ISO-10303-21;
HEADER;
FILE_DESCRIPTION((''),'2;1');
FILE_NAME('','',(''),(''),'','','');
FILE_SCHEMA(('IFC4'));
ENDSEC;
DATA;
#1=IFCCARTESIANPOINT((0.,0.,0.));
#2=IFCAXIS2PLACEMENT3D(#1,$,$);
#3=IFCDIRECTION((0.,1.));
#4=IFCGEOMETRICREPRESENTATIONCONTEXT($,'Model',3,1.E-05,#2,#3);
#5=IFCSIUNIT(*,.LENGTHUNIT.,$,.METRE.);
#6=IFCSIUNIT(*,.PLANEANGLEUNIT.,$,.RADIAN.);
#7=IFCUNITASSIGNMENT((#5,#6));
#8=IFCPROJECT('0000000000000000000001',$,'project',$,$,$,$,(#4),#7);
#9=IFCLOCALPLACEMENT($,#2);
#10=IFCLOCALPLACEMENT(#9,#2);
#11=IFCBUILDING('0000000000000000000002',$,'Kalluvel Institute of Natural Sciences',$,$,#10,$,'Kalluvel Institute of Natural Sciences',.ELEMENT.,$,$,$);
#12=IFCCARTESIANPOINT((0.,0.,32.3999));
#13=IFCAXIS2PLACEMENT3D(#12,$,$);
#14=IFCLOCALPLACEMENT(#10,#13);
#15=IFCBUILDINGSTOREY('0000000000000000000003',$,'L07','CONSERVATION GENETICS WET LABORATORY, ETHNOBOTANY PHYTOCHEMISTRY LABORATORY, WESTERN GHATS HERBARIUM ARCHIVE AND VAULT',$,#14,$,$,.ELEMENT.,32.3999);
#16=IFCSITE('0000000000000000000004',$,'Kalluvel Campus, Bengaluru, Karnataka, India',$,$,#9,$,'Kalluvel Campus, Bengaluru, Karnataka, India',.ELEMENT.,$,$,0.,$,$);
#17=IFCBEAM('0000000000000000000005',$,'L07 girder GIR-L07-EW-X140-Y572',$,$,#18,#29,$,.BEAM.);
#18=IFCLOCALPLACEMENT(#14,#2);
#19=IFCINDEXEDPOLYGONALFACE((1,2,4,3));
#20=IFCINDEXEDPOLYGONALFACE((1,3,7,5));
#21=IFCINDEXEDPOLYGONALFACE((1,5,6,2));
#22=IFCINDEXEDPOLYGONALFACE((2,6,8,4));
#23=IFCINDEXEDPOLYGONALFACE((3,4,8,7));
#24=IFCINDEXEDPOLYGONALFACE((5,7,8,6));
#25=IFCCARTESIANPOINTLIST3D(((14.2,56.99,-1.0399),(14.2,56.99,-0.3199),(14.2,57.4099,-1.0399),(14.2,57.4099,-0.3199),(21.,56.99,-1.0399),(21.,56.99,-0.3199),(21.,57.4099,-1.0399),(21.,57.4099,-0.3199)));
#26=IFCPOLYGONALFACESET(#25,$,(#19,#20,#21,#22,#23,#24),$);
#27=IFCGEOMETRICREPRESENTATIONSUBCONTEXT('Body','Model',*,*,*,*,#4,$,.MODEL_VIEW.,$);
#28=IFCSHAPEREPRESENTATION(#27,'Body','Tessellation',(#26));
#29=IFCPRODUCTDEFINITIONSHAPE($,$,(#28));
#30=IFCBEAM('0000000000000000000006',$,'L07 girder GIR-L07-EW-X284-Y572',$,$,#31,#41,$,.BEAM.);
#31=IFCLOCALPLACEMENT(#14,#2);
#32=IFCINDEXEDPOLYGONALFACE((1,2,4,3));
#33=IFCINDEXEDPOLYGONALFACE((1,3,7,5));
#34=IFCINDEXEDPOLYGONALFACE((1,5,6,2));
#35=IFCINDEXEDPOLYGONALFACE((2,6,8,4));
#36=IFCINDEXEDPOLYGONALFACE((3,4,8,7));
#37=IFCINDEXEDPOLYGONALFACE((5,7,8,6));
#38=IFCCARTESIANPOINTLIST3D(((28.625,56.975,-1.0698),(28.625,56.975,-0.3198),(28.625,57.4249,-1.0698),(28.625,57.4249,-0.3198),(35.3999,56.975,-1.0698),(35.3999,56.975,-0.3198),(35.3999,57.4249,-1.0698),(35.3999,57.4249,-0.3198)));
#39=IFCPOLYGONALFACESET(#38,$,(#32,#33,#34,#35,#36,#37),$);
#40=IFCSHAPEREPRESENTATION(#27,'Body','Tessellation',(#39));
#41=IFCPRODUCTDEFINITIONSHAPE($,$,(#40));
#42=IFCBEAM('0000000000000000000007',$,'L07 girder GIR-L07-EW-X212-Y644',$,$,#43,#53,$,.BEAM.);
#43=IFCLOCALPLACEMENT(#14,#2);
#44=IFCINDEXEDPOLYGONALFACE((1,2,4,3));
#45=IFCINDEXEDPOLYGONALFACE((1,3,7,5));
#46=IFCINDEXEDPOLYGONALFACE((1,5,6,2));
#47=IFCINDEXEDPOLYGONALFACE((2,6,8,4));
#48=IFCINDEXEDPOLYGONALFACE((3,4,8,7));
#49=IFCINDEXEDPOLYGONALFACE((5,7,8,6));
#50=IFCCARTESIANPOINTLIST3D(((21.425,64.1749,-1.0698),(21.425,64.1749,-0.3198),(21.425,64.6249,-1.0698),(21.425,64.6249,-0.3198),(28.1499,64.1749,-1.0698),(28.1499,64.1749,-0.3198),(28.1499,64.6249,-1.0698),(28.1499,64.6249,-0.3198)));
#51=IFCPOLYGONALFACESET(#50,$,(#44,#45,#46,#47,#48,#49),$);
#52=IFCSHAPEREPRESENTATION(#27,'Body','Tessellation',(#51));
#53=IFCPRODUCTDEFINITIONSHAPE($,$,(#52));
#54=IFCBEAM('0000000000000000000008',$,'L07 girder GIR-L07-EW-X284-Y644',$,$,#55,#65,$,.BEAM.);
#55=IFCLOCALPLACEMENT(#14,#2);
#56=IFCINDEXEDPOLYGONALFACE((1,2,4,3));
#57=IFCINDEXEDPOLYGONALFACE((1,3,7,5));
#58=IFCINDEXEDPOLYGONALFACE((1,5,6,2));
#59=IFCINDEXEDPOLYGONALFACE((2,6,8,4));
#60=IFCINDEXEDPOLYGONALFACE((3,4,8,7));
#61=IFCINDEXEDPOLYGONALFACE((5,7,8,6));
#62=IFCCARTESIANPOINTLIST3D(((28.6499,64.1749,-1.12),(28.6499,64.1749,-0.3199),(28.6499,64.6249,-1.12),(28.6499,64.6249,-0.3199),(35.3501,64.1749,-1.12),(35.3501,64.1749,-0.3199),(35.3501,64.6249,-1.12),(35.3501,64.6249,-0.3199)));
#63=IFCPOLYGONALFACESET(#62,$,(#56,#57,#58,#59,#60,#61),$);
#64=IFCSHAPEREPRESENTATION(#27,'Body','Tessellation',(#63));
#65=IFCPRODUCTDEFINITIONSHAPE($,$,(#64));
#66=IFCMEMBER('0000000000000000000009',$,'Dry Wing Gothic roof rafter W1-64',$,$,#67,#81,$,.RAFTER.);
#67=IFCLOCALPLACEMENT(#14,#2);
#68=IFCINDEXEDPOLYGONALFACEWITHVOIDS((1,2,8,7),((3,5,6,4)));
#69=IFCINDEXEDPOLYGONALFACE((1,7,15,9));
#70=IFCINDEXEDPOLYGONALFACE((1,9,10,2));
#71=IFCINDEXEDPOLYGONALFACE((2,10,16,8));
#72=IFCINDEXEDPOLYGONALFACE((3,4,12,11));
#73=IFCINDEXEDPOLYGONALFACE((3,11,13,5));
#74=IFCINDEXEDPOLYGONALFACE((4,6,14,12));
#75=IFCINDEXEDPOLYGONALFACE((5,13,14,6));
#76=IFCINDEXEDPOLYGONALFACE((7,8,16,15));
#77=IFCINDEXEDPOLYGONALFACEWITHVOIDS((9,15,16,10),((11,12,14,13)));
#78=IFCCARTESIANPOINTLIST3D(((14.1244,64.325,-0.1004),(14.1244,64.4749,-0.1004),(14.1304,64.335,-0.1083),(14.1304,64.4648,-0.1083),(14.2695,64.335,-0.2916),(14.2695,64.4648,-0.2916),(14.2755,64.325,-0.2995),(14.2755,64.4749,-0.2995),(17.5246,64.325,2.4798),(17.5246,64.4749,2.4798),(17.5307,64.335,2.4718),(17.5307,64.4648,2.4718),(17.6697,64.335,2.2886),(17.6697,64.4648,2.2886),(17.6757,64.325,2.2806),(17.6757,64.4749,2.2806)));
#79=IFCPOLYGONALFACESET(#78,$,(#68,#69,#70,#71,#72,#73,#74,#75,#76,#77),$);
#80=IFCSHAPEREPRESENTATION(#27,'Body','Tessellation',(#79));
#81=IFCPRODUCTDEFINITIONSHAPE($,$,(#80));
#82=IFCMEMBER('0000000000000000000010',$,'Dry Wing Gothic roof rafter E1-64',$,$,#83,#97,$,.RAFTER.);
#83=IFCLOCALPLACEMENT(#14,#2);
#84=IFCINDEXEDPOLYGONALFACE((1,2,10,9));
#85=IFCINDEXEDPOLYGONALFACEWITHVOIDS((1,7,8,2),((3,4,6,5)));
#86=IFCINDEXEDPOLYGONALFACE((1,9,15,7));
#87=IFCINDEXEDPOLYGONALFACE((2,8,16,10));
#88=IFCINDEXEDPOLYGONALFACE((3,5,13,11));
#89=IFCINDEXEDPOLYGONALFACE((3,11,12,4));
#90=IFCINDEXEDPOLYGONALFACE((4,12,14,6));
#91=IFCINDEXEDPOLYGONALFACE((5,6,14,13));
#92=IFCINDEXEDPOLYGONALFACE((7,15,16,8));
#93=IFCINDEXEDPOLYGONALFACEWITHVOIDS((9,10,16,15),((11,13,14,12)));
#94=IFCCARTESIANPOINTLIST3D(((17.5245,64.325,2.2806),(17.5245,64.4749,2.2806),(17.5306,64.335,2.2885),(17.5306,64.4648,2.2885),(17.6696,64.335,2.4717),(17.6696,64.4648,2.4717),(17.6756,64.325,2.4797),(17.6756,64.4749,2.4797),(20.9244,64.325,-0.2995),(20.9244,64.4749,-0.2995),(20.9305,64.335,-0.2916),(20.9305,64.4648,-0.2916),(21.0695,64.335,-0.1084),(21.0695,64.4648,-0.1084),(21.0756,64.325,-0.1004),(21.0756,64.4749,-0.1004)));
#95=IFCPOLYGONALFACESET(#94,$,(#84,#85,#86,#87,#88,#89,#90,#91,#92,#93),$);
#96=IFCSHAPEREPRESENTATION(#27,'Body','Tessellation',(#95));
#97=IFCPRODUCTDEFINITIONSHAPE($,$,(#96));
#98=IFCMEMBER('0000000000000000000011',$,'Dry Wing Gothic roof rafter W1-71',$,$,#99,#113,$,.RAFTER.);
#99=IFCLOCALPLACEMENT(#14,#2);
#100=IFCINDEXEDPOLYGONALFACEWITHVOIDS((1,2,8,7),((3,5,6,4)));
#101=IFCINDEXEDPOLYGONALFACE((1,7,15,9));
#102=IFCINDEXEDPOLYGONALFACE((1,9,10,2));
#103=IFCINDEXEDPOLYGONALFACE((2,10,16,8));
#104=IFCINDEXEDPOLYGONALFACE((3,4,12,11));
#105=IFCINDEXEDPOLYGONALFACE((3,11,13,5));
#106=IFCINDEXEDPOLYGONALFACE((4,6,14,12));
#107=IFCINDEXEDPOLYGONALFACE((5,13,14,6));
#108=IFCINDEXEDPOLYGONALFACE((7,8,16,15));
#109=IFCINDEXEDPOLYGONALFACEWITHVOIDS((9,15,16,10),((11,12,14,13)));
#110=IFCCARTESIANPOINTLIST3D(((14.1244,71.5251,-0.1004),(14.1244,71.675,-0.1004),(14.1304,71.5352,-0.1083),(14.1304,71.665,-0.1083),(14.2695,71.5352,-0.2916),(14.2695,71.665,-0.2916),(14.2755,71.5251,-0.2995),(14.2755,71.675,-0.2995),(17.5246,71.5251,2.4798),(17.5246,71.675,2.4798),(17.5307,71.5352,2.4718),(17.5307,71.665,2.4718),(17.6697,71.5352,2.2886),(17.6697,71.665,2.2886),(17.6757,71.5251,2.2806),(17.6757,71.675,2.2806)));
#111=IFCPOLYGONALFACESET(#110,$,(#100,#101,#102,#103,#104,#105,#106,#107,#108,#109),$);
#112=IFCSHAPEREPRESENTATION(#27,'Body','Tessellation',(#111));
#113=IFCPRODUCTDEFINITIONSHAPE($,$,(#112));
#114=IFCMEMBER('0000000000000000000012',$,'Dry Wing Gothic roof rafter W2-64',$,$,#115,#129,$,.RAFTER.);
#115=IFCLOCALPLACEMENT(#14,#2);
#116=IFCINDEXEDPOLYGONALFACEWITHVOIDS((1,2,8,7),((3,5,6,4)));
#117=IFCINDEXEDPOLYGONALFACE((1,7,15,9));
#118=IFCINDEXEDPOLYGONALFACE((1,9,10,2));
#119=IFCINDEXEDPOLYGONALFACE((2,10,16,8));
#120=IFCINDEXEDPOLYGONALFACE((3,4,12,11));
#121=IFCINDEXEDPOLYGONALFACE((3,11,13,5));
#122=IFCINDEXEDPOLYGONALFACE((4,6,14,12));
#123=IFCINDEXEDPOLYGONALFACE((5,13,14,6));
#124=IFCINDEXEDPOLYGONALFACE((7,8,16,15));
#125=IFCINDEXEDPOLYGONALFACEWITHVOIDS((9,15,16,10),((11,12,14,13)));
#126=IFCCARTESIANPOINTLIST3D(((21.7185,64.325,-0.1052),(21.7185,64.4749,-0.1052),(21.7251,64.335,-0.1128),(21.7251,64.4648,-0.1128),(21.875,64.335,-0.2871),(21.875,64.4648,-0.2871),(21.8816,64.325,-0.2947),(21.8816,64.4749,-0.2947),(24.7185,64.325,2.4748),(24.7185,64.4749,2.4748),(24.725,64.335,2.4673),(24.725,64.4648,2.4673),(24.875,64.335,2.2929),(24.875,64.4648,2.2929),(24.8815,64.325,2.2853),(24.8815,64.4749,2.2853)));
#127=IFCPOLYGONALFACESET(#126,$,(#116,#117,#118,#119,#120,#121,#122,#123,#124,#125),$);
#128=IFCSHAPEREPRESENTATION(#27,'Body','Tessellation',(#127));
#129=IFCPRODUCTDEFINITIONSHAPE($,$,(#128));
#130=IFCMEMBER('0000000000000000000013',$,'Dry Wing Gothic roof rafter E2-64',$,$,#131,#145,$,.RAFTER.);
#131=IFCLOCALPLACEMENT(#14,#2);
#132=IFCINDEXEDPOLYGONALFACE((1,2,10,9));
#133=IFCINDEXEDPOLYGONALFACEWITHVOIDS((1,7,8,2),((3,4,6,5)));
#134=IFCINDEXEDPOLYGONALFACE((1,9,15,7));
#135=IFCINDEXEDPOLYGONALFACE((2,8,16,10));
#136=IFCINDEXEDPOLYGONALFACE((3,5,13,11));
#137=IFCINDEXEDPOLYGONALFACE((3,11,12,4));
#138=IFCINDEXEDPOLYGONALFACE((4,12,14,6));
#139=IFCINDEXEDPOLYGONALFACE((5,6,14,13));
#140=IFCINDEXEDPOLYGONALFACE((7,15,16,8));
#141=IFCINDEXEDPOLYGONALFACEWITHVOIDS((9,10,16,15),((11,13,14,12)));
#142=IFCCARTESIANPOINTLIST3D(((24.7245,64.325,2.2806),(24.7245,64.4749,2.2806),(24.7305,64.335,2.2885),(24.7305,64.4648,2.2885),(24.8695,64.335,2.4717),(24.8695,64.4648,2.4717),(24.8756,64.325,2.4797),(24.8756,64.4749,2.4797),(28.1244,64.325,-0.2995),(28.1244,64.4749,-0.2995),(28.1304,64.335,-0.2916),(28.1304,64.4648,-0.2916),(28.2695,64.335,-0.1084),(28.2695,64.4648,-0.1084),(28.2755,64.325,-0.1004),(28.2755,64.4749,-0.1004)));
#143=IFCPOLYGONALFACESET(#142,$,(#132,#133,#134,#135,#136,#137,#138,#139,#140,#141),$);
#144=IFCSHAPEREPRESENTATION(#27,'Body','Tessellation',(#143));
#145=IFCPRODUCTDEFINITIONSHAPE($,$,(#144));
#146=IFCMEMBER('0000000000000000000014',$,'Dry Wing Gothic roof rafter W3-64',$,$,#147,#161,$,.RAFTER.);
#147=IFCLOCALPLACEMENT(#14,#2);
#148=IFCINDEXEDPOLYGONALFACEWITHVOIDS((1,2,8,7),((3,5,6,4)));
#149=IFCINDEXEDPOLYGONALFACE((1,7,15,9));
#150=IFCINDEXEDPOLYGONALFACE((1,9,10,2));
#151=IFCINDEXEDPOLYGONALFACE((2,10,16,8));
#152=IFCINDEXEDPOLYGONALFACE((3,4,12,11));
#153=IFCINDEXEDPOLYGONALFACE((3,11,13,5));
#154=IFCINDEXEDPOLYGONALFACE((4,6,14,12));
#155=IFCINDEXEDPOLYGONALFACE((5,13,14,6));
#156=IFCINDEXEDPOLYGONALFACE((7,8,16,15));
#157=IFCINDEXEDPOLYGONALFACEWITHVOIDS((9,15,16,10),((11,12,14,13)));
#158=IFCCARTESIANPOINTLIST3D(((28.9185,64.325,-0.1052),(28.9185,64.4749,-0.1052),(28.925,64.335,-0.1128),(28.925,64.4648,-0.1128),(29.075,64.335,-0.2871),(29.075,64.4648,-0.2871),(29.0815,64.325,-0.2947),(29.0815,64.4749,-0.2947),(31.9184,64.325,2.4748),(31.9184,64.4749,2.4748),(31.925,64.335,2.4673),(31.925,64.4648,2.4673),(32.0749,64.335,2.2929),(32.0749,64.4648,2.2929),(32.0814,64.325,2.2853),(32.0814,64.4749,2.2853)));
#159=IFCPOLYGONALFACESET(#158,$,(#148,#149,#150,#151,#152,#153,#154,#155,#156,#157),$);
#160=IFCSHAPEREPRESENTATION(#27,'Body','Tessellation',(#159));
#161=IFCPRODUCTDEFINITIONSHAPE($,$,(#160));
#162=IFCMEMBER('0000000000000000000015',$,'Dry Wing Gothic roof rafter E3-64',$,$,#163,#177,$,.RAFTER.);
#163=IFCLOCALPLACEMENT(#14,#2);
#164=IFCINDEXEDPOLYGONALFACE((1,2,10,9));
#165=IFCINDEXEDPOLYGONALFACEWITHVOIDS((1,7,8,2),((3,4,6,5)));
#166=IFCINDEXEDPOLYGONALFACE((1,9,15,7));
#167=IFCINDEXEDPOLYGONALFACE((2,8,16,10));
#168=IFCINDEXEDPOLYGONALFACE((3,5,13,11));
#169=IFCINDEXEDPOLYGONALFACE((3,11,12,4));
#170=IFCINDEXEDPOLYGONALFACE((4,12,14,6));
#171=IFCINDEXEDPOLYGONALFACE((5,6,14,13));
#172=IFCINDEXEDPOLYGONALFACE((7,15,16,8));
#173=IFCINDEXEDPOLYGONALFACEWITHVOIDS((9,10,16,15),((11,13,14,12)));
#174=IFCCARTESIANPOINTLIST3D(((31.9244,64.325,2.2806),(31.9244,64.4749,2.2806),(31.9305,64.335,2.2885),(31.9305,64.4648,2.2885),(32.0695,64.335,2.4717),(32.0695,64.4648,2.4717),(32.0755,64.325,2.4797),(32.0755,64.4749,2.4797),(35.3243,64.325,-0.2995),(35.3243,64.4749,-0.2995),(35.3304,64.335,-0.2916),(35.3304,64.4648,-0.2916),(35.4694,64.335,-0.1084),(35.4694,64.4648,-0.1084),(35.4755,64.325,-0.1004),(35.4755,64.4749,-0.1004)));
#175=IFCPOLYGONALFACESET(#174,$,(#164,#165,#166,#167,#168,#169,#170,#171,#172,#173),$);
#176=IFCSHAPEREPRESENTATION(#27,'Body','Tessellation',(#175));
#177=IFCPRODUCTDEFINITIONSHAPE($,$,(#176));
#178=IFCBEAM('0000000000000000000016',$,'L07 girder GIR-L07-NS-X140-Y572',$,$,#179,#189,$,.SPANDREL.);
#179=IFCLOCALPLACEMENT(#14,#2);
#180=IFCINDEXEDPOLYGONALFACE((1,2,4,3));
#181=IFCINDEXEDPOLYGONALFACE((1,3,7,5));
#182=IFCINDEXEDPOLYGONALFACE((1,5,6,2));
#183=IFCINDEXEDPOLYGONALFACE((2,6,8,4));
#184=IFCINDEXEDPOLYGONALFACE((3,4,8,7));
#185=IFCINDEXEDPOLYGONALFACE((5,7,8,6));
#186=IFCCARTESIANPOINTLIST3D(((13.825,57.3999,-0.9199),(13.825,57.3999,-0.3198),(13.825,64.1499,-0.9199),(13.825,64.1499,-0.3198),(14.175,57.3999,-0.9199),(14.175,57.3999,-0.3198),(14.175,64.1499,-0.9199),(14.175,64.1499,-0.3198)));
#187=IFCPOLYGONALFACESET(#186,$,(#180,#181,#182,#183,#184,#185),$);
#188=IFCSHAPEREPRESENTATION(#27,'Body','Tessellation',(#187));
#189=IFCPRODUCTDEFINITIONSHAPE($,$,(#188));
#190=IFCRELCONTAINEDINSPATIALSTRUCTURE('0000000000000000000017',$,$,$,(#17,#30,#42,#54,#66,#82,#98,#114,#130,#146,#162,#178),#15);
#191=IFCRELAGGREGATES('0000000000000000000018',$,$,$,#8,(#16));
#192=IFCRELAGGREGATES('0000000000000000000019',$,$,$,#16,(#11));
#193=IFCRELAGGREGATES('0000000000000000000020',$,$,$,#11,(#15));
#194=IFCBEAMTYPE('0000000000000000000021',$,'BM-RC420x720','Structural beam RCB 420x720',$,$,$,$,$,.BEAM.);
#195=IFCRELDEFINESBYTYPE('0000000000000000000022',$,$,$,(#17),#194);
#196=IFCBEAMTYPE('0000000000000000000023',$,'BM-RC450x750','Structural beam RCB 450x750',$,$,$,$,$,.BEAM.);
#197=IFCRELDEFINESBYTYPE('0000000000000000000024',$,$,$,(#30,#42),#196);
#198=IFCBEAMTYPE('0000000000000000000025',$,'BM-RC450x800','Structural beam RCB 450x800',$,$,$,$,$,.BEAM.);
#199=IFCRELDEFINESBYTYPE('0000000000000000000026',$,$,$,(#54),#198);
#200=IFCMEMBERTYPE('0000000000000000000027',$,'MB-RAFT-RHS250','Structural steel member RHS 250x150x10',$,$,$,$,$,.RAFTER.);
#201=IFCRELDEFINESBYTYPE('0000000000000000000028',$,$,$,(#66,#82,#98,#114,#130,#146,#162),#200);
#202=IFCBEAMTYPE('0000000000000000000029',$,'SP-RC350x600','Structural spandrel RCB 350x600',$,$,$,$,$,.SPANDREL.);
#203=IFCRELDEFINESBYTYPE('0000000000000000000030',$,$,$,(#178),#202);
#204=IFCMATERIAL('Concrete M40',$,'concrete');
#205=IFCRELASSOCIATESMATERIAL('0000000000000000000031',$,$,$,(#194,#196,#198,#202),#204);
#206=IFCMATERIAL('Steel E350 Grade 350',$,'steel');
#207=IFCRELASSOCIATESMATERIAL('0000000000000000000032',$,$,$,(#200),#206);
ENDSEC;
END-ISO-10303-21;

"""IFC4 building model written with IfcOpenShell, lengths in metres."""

from ifc_helpers import new_model, si_unit, direction, frame, origin, origin_2d, place, context, subcontext, project, spatial, rectangle, hollow_rectangle, extrude, material, material_profile, profile_set, type_object, element, save


model = new_model("IFC4")

# Units and contexts
model_context = context("Model", 3, precision=1e-05, world=origin(), true_north=direction((0.0, 1.0)))
body_context = subcontext(model_context, "Body", "Model", "MODEL_VIEW")
ifc_project = project(units=[si_unit("LENGTHUNIT", "METRE"), si_unit("PLANEANGLEUNIT", "RADIAN")], contexts=[model_context])

# Site, building, storey
site_placement = place(None, origin())
site = spatial("IfcSite", under=ifc_project, at=site_placement, Name="Kalluvel Campus, Bengaluru, Karnataka, India", LongName="Kalluvel Campus, Bengaluru, Karnataka, India", CompositionType="ELEMENT", RefElevation=0.0)
building_placement = place(site_placement, origin())
building = spatial("IfcBuilding", under=site, at=building_placement, Name="Kalluvel Institute of Natural Sciences", LongName="Kalluvel Institute of Natural Sciences", CompositionType="ELEMENT")
storey_placement = place(building_placement, frame((0.0, 0.0, 32.3999)))
storey = spatial("IfcBuildingStorey", under=building, at=storey_placement, Name="L07", Description="CONSERVATION GENETICS WET LABORATORY, ETHNOBOTANY PHYTOCHEMISTRY LABORATORY, WESTERN GHATS HERBARIUM ARCHIVE AND VAULT", CompositionType="ELEMENT", Elevation=32.3999)

# Shared definitions
ifc_material_1 = material(Name="Concrete M40", Category="concrete")

# Beams
ifc_material_2 = material(Name="Steel E350 Grade 350", Category="steel")
ifc_material_profile_1 = material_profile(ifc_material_1, rectangle(XDim=0.4199, YDim=0.72, at=origin_2d()), Name="RCB 420x720")
ifc_profile_set_1 = profile_set([ifc_material_profile_1], Name="Concrete M40")
beam_type_1 = type_object("IfcBeamType", Name="BM-RC420x720", Description="Structural beam RCB 420x720", PredefinedType="BEAM", material=ifc_profile_set_1)
beam_1_placement = place(storey_placement, frame((14.2, 57.2, -0.6799), z_axis=(1.0, 0.0, 0.0), x_axis=(0.0, 1.0, 0.0)))
element("IfcBeam", 1, at=beam_1_placement, inside=storey, type_object=beam_type_1, Name="L07 girder GIR-L07-EW-X140-Y572", PredefinedType="BEAM", context=body_context, shape_type="SweptSolid", body=[
    extrude(rectangle(XDim=0.4199, YDim=0.72, at=origin_2d()), origin(), (0.0, 0.0, 1.0), 6.8),
])
ifc_material_profile_2 = material_profile(ifc_material_1, rectangle(XDim=0.45, YDim=0.75, at=origin_2d()), Name="RCB 450x750")
ifc_profile_set_2 = profile_set([ifc_material_profile_2], Name="Concrete M40")
beam_type_2 = type_object("IfcBeamType", Name="BM-RC450x750", Description="Structural beam RCB 450x750", PredefinedType="BEAM", material=ifc_profile_set_2)
beam_2_placement = place(storey_placement, frame((28.625, 57.2, -0.6948), z_axis=(1.0, 0.0, 0.0), x_axis=(0.0, 1.0, 0.0)))
element("IfcBeam", 2, at=beam_2_placement, inside=storey, type_object=beam_type_2, Name="L07 girder GIR-L07-EW-X284-Y572", PredefinedType="BEAM", context=body_context, shape_type="SweptSolid", body=[
    extrude(rectangle(XDim=0.45, YDim=0.75, at=origin_2d()), origin(), (0.0, 0.0, 1.0), 6.7749),
])
beam_3_placement = place(storey_placement, frame((21.425, 64.3999, -0.6948), z_axis=(1.0, 0.0, 0.0), x_axis=(0.0, 1.0, 0.0)))
element("IfcBeam", 3, at=beam_3_placement, inside=storey, type_object=beam_type_2, Name="L07 girder GIR-L07-EW-X212-Y644", PredefinedType="BEAM", context=body_context, shape_type="SweptSolid", body=[
    extrude(rectangle(XDim=0.45, YDim=0.75, at=origin_2d()), origin(), (0.0, 0.0, 1.0), 6.7249),
])
ifc_material_profile_3 = material_profile(ifc_material_1, rectangle(XDim=0.45, YDim=0.8, at=origin_2d()), Name="RCB 450x800")
ifc_profile_set_3 = profile_set([ifc_material_profile_3], Name="Concrete M40")
beam_type_3 = type_object("IfcBeamType", Name="BM-RC450x800", Description="Structural beam RCB 450x800", PredefinedType="BEAM", material=ifc_profile_set_3)
beam_4_placement = place(storey_placement, frame((28.6499, 64.3999, -0.72), z_axis=(1.0, 0.0, 0.0), x_axis=(0.0, 1.0, 0.0)))
element("IfcBeam", 4, at=beam_4_placement, inside=storey, type_object=beam_type_3, Name="L07 girder GIR-L07-EW-X284-Y644", PredefinedType="BEAM", context=body_context, shape_type="SweptSolid", body=[
    extrude(rectangle(XDim=0.45, YDim=0.8, at=origin_2d()), origin(), (0.0, 0.0, 1.0), 6.7002),
])

# Members
ifc_material_profile_4 = material_profile(ifc_material_2, hollow_rectangle(XDim=0.1499, YDim=0.25, WallThickness=0.01, at=origin_2d()), Name="RHS 250x150x10")
ifc_profile_set_4 = profile_set([ifc_material_profile_4], Name="Steel E350 Grade 350")
member_type = type_object("IfcMemberType", Name="MB-RAFT-RHS250", Description="Structural steel member RHS 250x150x10", PredefinedType="RAFTER", material=ifc_profile_set_4)
member_1_placement = place(storey_placement, frame((14.2, 64.3999, -0.2), z_axis=(0.796617, 0.0, 0.604484), x_axis=(0.0, 1.0, 0.0)))
element("IfcMember", 5, at=member_1_placement, inside=storey, type_object=member_type, Name="Dry Wing Gothic roof rafter W1-64", PredefinedType="RAFTER", context=body_context, shape_type="SweptSolid", body=[
    extrude(hollow_rectangle(XDim=0.1499, YDim=0.25, WallThickness=0.01, at=origin_2d()), origin(), (0.0, 0.0, 1.0), 4.2683),
])
member_2_placement = place(storey_placement, frame((21.0, 64.3999, -0.2), z_axis=(-0.796596, 0.0, 0.604512), x_axis=(0.0, -1.0, 0.0)))
element("IfcMember", 6, at=member_2_placement, inside=storey, type_object=member_type, Name="Dry Wing Gothic roof rafter E1-64", PredefinedType="RAFTER", context=body_context, shape_type="SweptSolid", body=[
    extrude(hollow_rectangle(XDim=0.1499, YDim=0.25, WallThickness=0.01, at=origin_2d()), origin(), (0.0, 0.0, 1.0), 4.2681),
])
member_3_placement = place(storey_placement, frame((14.2, 71.6001, -0.2), z_axis=(0.796617, 0.0, 0.604484), x_axis=(0.0, 1.0, 0.0)))
element("IfcMember", 7, at=member_3_placement, inside=storey, type_object=member_type, Name="Dry Wing Gothic roof rafter W1-71", PredefinedType="RAFTER", context=body_context, shape_type="SweptSolid", body=[
    extrude(hollow_rectangle(XDim=0.1499, YDim=0.25, WallThickness=0.01, at=origin_2d()), origin(), (0.0, 0.0, 1.0), 4.2683),
])
member_4_placement = place(storey_placement, frame((21.8, 64.3999, -0.2), z_axis=(0.758175, 0.0, 0.652051), x_axis=(0.0, 1.0, 0.0)))
element("IfcMember", 8, at=member_4_placement, inside=storey, type_object=member_type, Name="Dry Wing Gothic roof rafter W2-64", PredefinedType="RAFTER", context=body_context, shape_type="SweptSolid", body=[
    extrude(hollow_rectangle(XDim=0.1499, YDim=0.25, WallThickness=0.01, at=origin_2d()), origin(), (0.0, 0.0, 1.0), 3.9568),
])
member_5_placement = place(storey_placement, frame((28.2, 64.3999, -0.2), z_axis=(-0.796596, 0.0, 0.604512), x_axis=(0.0, -1.0, 0.0)))
element("IfcMember", 9, at=member_5_placement, inside=storey, type_object=member_type, Name="Dry Wing Gothic roof rafter E2-64", PredefinedType="RAFTER", context=body_context, shape_type="SweptSolid", body=[
    extrude(hollow_rectangle(XDim=0.1499, YDim=0.25, WallThickness=0.01, at=origin_2d()), origin(), (0.0, 0.0, 1.0), 4.2681),
])
member_6_placement = place(storey_placement, frame((29.0, 64.3999, -0.2), z_axis=(0.758175, 0.0, 0.652051), x_axis=(0.0, 1.0, 0.0)))
element("IfcMember", 10, at=member_6_placement, inside=storey, type_object=member_type, Name="Dry Wing Gothic roof rafter W3-64", PredefinedType="RAFTER", context=body_context, shape_type="SweptSolid", body=[
    extrude(hollow_rectangle(XDim=0.1499, YDim=0.25, WallThickness=0.01, at=origin_2d()), origin(), (0.0, 0.0, 1.0), 3.9568),
])
member_7_placement = place(storey_placement, frame((35.3999, 64.3999, -0.2), z_axis=(-0.796596, 0.0, 0.604512), x_axis=(0.0, -1.0, 0.0)))
element("IfcMember", 11, at=member_7_placement, inside=storey, type_object=member_type, Name="Dry Wing Gothic roof rafter E3-64", PredefinedType="RAFTER", context=body_context, shape_type="SweptSolid", body=[
    extrude(hollow_rectangle(XDim=0.1499, YDim=0.25, WallThickness=0.01, at=origin_2d()), origin(), (0.0, 0.0, 1.0), 4.2681),
])

# Beam
ifc_material_profile_5 = material_profile(ifc_material_1, rectangle(XDim=0.3501, YDim=0.6001, at=origin_2d()), Name="RCB 350x600")
ifc_profile_set_5 = profile_set([ifc_material_profile_5], Name="Concrete M40")
beam_type_4 = type_object("IfcBeamType", Name="SP-RC350x600", Description="Structural spandrel RCB 350x600", PredefinedType="SPANDREL", material=ifc_profile_set_5)
beam_5_placement = place(storey_placement, frame((14.0, 57.3999, -0.6199), z_axis=(0.0, 1.0, 0.0), x_axis=(-1.0, 0.0, 0.0)))
element("IfcBeam", 12, at=beam_5_placement, inside=storey, type_object=beam_type_4, Name="L07 girder GIR-L07-NS-X140-Y572", PredefinedType="SPANDREL", context=body_context, shape_type="SweptSolid", body=[
    extrude(rectangle(XDim=0.3501, YDim=0.6001, at=origin_2d()), origin(), (0.0, 0.0, 1.0), 6.75),
])

save(model, "model.ifc")
